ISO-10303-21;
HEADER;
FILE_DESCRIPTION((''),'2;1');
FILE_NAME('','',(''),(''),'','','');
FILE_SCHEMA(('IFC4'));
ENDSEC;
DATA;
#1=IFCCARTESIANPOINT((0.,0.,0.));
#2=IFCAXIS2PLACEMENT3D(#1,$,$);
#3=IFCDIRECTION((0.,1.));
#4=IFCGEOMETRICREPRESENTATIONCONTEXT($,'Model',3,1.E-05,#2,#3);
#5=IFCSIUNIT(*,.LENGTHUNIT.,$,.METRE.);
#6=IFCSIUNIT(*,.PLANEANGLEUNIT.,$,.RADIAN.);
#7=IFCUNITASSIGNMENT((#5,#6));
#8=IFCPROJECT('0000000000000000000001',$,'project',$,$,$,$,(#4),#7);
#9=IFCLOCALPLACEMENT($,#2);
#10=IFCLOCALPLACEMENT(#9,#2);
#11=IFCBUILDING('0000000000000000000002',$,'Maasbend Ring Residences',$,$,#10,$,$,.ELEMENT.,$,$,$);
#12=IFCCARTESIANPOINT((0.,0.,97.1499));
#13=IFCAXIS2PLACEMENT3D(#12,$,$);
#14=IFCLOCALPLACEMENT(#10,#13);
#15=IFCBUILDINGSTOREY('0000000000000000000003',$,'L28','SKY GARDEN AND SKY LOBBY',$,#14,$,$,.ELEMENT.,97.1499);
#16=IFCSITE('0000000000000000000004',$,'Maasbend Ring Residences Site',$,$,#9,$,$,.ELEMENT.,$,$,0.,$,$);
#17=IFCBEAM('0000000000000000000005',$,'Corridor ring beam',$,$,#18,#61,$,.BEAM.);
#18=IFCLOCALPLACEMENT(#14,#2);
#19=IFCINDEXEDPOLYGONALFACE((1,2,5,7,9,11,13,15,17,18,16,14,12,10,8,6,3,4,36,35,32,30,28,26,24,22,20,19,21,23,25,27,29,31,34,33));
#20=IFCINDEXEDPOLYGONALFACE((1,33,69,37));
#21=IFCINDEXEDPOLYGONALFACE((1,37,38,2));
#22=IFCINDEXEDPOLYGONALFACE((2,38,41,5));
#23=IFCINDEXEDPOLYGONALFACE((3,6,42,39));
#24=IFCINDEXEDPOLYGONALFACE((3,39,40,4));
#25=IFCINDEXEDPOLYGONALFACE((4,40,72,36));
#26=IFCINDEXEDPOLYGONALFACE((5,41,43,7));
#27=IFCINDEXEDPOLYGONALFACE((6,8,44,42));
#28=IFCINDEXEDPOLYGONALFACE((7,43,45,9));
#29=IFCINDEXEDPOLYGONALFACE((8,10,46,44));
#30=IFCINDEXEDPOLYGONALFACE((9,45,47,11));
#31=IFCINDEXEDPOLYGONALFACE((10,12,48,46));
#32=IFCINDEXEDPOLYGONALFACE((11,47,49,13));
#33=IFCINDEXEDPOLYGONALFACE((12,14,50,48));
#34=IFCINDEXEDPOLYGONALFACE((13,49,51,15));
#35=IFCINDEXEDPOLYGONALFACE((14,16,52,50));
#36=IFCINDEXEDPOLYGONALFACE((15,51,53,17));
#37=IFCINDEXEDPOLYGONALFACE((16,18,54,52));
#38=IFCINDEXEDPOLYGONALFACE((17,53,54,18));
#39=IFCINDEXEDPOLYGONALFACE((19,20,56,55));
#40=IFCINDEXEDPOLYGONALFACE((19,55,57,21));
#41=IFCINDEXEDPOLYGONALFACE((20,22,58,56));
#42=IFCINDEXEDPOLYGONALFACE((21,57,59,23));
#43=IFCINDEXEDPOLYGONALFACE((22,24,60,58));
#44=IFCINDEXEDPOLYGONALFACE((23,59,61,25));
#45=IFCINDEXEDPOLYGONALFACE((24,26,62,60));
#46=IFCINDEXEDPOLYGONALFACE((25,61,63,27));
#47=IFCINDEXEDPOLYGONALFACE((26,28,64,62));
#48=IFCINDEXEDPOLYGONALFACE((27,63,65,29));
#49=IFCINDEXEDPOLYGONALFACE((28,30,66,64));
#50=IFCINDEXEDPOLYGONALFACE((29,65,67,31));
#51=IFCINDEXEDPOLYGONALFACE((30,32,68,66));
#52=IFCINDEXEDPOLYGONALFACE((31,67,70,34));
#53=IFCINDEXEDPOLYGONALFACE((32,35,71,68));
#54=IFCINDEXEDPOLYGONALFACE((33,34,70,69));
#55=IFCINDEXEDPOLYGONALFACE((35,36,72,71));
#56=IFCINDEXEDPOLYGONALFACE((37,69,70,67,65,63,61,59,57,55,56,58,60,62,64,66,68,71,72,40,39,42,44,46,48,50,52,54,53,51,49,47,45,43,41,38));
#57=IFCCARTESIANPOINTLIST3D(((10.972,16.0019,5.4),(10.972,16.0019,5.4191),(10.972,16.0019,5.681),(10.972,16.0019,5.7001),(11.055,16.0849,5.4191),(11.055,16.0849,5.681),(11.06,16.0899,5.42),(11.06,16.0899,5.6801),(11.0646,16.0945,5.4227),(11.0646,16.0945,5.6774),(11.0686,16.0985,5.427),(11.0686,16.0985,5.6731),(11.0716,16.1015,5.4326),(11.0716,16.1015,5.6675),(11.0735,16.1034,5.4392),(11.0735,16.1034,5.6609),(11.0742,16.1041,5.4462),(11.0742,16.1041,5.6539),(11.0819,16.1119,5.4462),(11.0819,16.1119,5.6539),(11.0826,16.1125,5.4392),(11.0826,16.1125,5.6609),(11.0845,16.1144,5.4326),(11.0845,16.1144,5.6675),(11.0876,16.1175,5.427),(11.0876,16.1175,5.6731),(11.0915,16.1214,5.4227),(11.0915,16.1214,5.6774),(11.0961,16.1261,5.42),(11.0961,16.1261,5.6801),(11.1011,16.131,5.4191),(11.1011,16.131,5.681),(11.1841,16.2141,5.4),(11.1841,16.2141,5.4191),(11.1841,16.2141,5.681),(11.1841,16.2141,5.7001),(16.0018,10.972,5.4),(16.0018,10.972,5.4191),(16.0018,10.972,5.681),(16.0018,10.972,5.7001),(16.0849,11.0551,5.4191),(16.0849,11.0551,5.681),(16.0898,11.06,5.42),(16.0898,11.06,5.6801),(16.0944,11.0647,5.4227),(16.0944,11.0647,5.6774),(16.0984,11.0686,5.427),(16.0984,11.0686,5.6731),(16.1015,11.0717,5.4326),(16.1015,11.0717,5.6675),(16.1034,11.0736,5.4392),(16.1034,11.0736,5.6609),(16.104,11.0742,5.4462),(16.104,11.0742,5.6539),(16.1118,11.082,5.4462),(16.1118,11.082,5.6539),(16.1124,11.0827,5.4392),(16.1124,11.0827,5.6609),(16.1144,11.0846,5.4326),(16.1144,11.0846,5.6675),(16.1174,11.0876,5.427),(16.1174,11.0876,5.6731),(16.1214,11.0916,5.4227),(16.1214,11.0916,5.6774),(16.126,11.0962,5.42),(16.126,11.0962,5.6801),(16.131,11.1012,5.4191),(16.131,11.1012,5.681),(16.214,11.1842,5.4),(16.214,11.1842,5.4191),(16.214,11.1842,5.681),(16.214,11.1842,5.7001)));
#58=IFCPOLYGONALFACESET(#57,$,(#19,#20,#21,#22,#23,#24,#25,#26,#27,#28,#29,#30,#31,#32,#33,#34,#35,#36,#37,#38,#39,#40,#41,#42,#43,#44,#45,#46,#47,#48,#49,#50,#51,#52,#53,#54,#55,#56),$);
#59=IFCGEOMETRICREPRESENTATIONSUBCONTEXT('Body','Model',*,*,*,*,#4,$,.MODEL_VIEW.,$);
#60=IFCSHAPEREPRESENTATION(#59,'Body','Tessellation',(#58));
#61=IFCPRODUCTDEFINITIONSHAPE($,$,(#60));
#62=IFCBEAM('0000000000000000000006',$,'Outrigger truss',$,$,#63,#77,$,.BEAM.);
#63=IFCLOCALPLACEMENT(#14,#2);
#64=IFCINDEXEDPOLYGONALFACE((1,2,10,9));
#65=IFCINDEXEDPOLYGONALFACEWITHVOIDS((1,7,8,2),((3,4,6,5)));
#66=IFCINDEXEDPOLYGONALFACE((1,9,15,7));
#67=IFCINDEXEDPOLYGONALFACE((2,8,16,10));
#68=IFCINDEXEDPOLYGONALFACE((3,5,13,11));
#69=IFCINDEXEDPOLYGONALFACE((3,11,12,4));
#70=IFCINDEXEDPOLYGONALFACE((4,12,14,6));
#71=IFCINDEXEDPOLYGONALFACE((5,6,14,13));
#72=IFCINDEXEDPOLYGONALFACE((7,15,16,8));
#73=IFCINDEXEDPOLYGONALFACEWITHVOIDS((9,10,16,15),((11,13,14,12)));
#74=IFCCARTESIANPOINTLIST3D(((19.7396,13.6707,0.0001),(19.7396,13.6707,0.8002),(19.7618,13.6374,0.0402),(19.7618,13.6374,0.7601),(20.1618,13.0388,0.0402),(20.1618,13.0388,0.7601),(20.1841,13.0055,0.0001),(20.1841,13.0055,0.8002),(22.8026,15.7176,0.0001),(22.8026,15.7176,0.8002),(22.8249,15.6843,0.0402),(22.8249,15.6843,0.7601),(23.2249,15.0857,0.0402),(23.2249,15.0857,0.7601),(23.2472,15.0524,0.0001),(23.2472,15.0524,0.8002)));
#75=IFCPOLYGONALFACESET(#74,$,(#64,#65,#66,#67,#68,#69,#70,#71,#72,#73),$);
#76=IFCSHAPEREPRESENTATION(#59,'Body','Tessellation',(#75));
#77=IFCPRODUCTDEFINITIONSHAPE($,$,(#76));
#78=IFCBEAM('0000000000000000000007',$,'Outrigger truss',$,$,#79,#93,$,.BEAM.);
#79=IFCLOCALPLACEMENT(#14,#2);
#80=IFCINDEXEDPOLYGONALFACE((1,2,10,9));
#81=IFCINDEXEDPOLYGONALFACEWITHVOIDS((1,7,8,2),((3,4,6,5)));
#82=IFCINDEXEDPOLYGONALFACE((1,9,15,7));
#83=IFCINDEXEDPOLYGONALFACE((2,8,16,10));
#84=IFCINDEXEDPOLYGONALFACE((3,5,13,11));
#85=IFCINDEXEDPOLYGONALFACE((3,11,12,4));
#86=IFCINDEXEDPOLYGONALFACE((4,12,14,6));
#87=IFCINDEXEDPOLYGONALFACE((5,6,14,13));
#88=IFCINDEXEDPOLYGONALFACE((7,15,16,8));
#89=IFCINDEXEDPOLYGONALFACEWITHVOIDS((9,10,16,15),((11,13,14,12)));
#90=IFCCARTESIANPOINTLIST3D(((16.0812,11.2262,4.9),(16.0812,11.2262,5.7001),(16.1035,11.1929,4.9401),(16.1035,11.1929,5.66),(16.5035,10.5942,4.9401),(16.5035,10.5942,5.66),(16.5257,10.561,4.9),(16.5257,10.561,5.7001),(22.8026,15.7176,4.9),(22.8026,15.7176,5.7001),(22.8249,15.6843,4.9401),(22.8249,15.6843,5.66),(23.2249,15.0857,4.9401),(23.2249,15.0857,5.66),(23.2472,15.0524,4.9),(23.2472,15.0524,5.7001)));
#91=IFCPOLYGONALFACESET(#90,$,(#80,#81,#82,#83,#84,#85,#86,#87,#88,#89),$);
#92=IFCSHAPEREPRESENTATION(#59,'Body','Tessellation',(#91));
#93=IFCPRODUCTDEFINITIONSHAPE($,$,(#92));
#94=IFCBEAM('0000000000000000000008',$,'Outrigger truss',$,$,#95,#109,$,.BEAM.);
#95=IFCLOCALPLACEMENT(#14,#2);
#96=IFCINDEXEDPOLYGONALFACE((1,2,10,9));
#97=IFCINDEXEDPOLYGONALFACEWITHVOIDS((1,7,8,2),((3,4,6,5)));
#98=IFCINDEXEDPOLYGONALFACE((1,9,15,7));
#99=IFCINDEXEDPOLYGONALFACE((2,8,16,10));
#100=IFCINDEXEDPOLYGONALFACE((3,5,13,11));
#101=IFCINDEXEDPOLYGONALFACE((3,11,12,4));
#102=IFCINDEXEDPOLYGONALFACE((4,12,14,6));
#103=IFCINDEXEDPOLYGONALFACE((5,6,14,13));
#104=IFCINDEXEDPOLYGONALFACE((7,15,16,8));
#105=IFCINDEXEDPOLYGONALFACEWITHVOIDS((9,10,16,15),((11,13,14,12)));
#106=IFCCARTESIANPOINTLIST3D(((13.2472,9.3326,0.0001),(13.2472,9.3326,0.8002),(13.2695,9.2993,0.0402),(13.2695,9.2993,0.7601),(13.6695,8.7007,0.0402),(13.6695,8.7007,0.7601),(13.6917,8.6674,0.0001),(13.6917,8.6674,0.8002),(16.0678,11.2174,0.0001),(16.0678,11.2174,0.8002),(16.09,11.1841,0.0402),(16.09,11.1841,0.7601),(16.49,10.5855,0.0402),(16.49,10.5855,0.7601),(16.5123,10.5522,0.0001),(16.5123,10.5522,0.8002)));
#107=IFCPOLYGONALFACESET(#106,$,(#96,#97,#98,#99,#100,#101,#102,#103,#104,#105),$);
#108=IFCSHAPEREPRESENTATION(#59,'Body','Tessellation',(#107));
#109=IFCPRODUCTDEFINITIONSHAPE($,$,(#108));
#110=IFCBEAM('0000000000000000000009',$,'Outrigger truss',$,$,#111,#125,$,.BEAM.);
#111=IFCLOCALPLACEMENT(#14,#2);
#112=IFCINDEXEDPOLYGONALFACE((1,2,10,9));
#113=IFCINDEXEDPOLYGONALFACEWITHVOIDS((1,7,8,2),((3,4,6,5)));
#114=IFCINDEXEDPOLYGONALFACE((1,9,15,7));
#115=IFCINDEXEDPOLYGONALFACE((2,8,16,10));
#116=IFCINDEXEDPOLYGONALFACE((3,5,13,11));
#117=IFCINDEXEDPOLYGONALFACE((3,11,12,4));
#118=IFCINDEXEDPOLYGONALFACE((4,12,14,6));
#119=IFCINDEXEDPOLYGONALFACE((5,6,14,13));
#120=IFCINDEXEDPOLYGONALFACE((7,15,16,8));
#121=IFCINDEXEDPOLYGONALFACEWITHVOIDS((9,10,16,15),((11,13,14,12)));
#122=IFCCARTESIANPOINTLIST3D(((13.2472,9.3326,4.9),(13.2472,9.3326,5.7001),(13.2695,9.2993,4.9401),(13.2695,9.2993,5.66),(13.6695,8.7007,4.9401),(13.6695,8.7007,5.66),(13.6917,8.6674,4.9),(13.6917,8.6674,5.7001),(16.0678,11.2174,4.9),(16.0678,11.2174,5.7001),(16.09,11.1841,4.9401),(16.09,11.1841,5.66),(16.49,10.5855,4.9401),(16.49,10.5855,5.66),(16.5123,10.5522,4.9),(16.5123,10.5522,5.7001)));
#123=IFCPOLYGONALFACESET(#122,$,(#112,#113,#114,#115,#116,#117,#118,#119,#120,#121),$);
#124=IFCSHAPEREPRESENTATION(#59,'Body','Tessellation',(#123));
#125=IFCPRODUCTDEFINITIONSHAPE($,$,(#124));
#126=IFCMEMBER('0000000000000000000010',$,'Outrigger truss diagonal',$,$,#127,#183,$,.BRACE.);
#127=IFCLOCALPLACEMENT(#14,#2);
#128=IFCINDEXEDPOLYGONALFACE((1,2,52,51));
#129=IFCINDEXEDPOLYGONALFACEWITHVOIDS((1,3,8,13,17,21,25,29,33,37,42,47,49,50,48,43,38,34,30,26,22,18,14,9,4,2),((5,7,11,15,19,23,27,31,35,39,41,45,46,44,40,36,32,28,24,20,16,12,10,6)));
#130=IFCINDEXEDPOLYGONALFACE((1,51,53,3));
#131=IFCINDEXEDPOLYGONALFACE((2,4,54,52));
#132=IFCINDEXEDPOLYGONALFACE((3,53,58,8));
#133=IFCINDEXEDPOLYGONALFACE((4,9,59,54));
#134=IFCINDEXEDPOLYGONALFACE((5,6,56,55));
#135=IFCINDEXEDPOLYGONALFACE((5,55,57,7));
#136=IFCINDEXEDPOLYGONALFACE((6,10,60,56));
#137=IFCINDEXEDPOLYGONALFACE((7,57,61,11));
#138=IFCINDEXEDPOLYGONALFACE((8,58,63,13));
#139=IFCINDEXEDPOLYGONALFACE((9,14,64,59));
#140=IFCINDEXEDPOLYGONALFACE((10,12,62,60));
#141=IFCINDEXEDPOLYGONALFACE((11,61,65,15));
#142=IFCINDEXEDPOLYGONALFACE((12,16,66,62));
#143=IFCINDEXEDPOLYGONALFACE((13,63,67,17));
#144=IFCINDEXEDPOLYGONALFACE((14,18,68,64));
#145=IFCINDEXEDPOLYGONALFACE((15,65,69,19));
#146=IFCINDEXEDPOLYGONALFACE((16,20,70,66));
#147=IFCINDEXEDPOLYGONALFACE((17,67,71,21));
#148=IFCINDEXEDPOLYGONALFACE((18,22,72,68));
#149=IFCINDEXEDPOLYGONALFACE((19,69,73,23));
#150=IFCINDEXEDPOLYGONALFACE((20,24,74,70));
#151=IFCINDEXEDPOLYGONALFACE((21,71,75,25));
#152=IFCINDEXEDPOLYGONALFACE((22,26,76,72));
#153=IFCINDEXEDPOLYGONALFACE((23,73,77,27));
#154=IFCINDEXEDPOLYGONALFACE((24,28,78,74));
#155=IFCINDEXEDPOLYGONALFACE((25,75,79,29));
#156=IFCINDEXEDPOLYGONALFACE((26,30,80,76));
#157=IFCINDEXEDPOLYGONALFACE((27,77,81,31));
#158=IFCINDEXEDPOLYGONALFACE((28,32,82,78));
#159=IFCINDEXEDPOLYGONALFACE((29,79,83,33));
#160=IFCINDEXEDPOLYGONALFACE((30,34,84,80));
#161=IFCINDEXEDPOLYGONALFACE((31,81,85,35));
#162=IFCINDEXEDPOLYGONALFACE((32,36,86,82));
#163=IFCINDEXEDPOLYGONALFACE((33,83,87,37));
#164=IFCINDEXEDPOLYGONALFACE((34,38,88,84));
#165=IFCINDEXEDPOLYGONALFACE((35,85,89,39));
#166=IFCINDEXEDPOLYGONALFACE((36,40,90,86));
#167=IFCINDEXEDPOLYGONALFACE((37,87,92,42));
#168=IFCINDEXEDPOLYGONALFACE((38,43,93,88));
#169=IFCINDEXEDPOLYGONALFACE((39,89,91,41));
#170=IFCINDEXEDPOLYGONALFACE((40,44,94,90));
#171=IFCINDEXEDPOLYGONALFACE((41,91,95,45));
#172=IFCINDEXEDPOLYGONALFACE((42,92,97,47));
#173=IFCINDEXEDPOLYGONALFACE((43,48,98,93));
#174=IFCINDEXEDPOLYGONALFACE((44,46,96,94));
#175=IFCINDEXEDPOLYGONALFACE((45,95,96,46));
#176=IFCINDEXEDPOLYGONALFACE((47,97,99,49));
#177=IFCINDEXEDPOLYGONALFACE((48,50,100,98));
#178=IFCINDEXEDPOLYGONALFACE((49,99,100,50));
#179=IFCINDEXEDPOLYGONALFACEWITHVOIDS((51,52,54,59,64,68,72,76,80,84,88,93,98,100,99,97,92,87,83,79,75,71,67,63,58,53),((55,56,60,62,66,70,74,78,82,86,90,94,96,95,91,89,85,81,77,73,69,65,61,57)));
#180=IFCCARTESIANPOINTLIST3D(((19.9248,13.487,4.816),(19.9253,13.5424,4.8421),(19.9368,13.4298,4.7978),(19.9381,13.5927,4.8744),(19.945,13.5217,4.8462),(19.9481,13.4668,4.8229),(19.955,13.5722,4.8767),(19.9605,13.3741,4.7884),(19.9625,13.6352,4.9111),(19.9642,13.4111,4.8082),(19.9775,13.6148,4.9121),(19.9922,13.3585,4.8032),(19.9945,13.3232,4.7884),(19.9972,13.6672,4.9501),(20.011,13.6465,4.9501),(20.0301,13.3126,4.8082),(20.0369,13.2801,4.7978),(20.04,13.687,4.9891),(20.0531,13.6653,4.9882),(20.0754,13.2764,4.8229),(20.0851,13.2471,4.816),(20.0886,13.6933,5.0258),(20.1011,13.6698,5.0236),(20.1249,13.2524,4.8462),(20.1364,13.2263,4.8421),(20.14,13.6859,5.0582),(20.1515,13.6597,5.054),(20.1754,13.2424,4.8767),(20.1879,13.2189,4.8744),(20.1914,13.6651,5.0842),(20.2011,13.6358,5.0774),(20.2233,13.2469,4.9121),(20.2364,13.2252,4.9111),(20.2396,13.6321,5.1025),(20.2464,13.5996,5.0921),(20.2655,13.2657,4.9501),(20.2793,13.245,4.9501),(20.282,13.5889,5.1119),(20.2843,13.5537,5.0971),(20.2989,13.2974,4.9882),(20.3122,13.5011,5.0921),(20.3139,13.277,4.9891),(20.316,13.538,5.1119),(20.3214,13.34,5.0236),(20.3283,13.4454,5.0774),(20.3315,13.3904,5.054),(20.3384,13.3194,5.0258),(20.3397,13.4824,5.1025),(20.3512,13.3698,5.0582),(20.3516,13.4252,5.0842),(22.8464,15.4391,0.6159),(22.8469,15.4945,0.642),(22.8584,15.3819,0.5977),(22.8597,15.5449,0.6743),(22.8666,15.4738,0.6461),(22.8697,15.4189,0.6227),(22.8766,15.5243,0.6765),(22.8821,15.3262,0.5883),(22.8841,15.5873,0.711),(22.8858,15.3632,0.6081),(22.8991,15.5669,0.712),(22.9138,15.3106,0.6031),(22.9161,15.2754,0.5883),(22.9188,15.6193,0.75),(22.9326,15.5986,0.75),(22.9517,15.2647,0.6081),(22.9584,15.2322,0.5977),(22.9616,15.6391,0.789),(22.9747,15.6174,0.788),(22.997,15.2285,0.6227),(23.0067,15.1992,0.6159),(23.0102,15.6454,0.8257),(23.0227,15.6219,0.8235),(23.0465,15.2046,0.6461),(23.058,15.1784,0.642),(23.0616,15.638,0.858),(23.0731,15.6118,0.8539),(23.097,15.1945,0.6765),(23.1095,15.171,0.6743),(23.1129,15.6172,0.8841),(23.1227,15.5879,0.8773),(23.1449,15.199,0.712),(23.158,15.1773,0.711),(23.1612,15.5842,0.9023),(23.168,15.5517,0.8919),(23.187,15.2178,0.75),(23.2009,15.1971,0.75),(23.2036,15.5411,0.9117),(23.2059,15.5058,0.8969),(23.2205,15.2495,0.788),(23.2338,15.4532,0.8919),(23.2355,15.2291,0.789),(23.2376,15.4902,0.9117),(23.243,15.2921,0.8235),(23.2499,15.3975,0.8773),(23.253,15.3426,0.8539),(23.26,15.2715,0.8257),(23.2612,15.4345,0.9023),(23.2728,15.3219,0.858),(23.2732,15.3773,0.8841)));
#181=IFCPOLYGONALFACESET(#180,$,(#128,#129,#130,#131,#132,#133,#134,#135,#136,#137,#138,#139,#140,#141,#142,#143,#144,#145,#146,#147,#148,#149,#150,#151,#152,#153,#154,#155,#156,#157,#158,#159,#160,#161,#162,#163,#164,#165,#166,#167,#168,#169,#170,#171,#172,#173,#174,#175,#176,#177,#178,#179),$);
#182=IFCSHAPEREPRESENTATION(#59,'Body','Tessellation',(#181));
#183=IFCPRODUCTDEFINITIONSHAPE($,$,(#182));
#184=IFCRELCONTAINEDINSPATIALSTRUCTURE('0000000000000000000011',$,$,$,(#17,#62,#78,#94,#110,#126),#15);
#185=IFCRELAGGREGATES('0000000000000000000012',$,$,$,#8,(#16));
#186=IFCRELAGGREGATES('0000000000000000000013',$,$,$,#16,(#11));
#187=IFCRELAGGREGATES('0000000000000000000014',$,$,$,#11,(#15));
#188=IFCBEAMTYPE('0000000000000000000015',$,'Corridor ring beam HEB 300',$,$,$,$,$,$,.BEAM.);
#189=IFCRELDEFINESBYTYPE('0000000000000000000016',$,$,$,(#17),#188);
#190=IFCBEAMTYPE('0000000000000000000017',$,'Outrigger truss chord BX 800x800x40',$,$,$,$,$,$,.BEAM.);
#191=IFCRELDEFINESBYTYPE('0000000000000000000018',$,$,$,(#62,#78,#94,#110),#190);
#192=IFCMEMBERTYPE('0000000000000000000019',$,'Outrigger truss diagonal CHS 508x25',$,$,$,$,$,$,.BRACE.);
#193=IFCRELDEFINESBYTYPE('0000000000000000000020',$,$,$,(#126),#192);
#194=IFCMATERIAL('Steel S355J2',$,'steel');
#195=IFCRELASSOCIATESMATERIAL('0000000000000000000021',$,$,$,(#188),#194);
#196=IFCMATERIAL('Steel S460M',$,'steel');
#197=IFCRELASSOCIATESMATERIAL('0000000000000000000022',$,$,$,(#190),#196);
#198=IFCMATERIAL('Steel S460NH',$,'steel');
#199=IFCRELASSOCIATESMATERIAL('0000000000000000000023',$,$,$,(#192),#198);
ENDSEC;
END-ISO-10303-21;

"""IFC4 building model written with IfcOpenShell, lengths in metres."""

from ifc_helpers import new_model, si_unit, direction, frame, origin, origin_2d, place, context, subcontext, project, spatial, hollow_rectangle, hollow_circle, i_section, extrude, material, material_profile, profile_set, type_object, element, save


model = new_model("IFC4")

# Units and contexts
model_context = context("Model", 3, precision=1e-05, world=origin(), true_north=direction((0.0, 1.0)))
body_context = subcontext(model_context, "Body", "Model", "MODEL_VIEW")
ifc_project = project(units=[si_unit("LENGTHUNIT", "METRE"), si_unit("PLANEANGLEUNIT", "RADIAN")], contexts=[model_context])

# Site, building, storey
site_placement = place(None, origin())
site = spatial("IfcSite", under=ifc_project, at=site_placement, Name="Maasbend Ring Residences Site", CompositionType="ELEMENT", RefElevation=0.0)
building_placement = place(site_placement, origin())
building = spatial("IfcBuilding", under=site, at=building_placement, Name="Maasbend Ring Residences", CompositionType="ELEMENT")
storey_placement = place(building_placement, frame((0.0, 0.0, 97.1499)))
storey = spatial("IfcBuildingStorey", under=building, at=storey_placement, Name="L28", Description="SKY GARDEN AND SKY LOBBY", CompositionType="ELEMENT", Elevation=97.1499)

# Beams
ifc_material_1 = material(Name="Steel S355J2", Category="steel")
ifc_material_profile_1 = material_profile(ifc_material_1, i_section(OverallWidth=0.3, OverallDepth=0.3, WebThickness=0.011, FlangeThickness=0.019, FilletRadius=0.0271, at=origin_2d()), Name="HEB 300")
ifc_profile_set_1 = profile_set([ifc_material_profile_1], Name="Steel S355J2")
beam_type_1 = type_object("IfcBeamType", Name="Corridor ring beam HEB 300", PredefinedType="BEAM", material=ifc_profile_set_1)
beam_1_placement = place(storey_placement, frame((16.1079, 11.0781, 5.55), z_axis=(-0.707107, 0.707107, 0.0), x_axis=(-0.707107, -0.707107, 0.0)))
element("IfcBeam", 1, at=beam_1_placement, inside=storey, type_object=beam_type_1, Name="Corridor ring beam", PredefinedType="BEAM", context=body_context, shape_type="SweptSolid", body=[
    extrude(i_section(OverallWidth=0.3, OverallDepth=0.3, WebThickness=0.011, FlangeThickness=0.019, FilletRadius=0.0271, at=origin_2d()), origin(), (0.0, 0.0, 1.0), 7.1133),
])
ifc_material_2 = material(Name="Steel S460M", Category="steel")
ifc_material_profile_2 = material_profile(ifc_material_2, hollow_rectangle(XDim=0.8, YDim=0.8, WallThickness=0.04, at=origin_2d()), Name="Outrigger truss chord BX 800x800x40")
ifc_profile_set_2 = profile_set([ifc_material_profile_2], Name="Steel S460M")
beam_type_2 = type_object("IfcBeamType", Name="Outrigger truss chord BX 800x800x40", PredefinedType="BEAM", material=ifc_profile_set_2)
beam_2_placement = place(storey_placement, frame((23.0249, 15.385, 0.4001), z_axis=(-0.831438, -0.555617, 0.0), x_axis=(0.555617, -0.831438, 0.0)))
element("IfcBeam", 2, at=beam_2_placement, inside=storey, type_object=beam_type_2, Name="Outrigger truss", PredefinedType="BEAM", context=body_context, shape_type="SweptSolid", body=[
    extrude(hollow_rectangle(XDim=0.8, YDim=0.8, WallThickness=0.04, at=origin_2d()), origin(), (0.0, 0.0, 1.0), 3.6841),
])
beam_3_placement = place(storey_placement, frame((23.0249, 15.385, 5.3), z_axis=(-0.83145, -0.555599, 0.0), x_axis=(0.555599, -0.83145, 0.0)))
element("IfcBeam", 3, at=beam_3_placement, inside=storey, type_object=beam_type_2, Name="Outrigger truss", PredefinedType="BEAM", context=body_context, shape_type="SweptSolid", body=[
    extrude(hollow_rectangle(XDim=0.8, YDim=0.8, WallThickness=0.04, at=origin_2d()), origin(), (0.0, 0.0, 1.0), 8.084),
])
for number, where, z_axis, x_axis, name in (
    (4, (16.29, 10.8848, 0.4001), (-0.831452, -0.555597, 0.0), (0.555597, -0.831452, 0.0), "Outrigger truss"),
    (5, (16.29, 10.8848, 5.3), (-0.831452, -0.555597, 0.0), (0.555597, -0.831452, 0.0), "Outrigger truss"),
):
    element("IfcBeam", number, at=place(storey_placement, frame(where, z_axis=z_axis, x_axis=x_axis)), inside=storey, type_object=beam_type_2, Name=name, PredefinedType="BEAM", context=body_context, shape_type="SweptSolid", body=[
        extrude(hollow_rectangle(XDim=0.8, YDim=0.8, WallThickness=0.04, at=origin_2d()), origin(), (0.0, 0.0, 1.0), 3.3923),
    ])

# Member
ifc_material_3 = material(Name="Steel S460NH", Category="steel")
ifc_material_profile_3 = material_profile(ifc_material_3, hollow_circle(Radius=0.2539, WallThickness=0.0249, at=origin_2d()), Name="Outrigger truss diagonal CHS 508x25")
ifc_profile_set_3 = profile_set([ifc_material_profile_3], Name="Steel S460NH")
member_type_1 = type_object("IfcMemberType", Name="Outrigger truss diagonal CHS 508x25", PredefinedType="BRACE", material=ifc_profile_set_3)
member_1_placement = place(storey_placement, frame((23.0598, 15.4082, 0.75), z_axis=(-0.533517, -0.356481, 0.766995), x_axis=(0.555566, -0.831473, 0.0)))
element("IfcMember", 6, at=member_1_placement, inside=storey, type_object=member_type_1, Name="Outrigger truss diagonal", PredefinedType="BRACE", context=body_context, shape_type="SweptSolid", body=[
    extrude(hollow_circle(Radius=0.2539, WallThickness=0.0249, at=origin_2d()), origin(), (0.0, 0.0, 1.0), 5.4761),
])

save(model, "model.ifc")
